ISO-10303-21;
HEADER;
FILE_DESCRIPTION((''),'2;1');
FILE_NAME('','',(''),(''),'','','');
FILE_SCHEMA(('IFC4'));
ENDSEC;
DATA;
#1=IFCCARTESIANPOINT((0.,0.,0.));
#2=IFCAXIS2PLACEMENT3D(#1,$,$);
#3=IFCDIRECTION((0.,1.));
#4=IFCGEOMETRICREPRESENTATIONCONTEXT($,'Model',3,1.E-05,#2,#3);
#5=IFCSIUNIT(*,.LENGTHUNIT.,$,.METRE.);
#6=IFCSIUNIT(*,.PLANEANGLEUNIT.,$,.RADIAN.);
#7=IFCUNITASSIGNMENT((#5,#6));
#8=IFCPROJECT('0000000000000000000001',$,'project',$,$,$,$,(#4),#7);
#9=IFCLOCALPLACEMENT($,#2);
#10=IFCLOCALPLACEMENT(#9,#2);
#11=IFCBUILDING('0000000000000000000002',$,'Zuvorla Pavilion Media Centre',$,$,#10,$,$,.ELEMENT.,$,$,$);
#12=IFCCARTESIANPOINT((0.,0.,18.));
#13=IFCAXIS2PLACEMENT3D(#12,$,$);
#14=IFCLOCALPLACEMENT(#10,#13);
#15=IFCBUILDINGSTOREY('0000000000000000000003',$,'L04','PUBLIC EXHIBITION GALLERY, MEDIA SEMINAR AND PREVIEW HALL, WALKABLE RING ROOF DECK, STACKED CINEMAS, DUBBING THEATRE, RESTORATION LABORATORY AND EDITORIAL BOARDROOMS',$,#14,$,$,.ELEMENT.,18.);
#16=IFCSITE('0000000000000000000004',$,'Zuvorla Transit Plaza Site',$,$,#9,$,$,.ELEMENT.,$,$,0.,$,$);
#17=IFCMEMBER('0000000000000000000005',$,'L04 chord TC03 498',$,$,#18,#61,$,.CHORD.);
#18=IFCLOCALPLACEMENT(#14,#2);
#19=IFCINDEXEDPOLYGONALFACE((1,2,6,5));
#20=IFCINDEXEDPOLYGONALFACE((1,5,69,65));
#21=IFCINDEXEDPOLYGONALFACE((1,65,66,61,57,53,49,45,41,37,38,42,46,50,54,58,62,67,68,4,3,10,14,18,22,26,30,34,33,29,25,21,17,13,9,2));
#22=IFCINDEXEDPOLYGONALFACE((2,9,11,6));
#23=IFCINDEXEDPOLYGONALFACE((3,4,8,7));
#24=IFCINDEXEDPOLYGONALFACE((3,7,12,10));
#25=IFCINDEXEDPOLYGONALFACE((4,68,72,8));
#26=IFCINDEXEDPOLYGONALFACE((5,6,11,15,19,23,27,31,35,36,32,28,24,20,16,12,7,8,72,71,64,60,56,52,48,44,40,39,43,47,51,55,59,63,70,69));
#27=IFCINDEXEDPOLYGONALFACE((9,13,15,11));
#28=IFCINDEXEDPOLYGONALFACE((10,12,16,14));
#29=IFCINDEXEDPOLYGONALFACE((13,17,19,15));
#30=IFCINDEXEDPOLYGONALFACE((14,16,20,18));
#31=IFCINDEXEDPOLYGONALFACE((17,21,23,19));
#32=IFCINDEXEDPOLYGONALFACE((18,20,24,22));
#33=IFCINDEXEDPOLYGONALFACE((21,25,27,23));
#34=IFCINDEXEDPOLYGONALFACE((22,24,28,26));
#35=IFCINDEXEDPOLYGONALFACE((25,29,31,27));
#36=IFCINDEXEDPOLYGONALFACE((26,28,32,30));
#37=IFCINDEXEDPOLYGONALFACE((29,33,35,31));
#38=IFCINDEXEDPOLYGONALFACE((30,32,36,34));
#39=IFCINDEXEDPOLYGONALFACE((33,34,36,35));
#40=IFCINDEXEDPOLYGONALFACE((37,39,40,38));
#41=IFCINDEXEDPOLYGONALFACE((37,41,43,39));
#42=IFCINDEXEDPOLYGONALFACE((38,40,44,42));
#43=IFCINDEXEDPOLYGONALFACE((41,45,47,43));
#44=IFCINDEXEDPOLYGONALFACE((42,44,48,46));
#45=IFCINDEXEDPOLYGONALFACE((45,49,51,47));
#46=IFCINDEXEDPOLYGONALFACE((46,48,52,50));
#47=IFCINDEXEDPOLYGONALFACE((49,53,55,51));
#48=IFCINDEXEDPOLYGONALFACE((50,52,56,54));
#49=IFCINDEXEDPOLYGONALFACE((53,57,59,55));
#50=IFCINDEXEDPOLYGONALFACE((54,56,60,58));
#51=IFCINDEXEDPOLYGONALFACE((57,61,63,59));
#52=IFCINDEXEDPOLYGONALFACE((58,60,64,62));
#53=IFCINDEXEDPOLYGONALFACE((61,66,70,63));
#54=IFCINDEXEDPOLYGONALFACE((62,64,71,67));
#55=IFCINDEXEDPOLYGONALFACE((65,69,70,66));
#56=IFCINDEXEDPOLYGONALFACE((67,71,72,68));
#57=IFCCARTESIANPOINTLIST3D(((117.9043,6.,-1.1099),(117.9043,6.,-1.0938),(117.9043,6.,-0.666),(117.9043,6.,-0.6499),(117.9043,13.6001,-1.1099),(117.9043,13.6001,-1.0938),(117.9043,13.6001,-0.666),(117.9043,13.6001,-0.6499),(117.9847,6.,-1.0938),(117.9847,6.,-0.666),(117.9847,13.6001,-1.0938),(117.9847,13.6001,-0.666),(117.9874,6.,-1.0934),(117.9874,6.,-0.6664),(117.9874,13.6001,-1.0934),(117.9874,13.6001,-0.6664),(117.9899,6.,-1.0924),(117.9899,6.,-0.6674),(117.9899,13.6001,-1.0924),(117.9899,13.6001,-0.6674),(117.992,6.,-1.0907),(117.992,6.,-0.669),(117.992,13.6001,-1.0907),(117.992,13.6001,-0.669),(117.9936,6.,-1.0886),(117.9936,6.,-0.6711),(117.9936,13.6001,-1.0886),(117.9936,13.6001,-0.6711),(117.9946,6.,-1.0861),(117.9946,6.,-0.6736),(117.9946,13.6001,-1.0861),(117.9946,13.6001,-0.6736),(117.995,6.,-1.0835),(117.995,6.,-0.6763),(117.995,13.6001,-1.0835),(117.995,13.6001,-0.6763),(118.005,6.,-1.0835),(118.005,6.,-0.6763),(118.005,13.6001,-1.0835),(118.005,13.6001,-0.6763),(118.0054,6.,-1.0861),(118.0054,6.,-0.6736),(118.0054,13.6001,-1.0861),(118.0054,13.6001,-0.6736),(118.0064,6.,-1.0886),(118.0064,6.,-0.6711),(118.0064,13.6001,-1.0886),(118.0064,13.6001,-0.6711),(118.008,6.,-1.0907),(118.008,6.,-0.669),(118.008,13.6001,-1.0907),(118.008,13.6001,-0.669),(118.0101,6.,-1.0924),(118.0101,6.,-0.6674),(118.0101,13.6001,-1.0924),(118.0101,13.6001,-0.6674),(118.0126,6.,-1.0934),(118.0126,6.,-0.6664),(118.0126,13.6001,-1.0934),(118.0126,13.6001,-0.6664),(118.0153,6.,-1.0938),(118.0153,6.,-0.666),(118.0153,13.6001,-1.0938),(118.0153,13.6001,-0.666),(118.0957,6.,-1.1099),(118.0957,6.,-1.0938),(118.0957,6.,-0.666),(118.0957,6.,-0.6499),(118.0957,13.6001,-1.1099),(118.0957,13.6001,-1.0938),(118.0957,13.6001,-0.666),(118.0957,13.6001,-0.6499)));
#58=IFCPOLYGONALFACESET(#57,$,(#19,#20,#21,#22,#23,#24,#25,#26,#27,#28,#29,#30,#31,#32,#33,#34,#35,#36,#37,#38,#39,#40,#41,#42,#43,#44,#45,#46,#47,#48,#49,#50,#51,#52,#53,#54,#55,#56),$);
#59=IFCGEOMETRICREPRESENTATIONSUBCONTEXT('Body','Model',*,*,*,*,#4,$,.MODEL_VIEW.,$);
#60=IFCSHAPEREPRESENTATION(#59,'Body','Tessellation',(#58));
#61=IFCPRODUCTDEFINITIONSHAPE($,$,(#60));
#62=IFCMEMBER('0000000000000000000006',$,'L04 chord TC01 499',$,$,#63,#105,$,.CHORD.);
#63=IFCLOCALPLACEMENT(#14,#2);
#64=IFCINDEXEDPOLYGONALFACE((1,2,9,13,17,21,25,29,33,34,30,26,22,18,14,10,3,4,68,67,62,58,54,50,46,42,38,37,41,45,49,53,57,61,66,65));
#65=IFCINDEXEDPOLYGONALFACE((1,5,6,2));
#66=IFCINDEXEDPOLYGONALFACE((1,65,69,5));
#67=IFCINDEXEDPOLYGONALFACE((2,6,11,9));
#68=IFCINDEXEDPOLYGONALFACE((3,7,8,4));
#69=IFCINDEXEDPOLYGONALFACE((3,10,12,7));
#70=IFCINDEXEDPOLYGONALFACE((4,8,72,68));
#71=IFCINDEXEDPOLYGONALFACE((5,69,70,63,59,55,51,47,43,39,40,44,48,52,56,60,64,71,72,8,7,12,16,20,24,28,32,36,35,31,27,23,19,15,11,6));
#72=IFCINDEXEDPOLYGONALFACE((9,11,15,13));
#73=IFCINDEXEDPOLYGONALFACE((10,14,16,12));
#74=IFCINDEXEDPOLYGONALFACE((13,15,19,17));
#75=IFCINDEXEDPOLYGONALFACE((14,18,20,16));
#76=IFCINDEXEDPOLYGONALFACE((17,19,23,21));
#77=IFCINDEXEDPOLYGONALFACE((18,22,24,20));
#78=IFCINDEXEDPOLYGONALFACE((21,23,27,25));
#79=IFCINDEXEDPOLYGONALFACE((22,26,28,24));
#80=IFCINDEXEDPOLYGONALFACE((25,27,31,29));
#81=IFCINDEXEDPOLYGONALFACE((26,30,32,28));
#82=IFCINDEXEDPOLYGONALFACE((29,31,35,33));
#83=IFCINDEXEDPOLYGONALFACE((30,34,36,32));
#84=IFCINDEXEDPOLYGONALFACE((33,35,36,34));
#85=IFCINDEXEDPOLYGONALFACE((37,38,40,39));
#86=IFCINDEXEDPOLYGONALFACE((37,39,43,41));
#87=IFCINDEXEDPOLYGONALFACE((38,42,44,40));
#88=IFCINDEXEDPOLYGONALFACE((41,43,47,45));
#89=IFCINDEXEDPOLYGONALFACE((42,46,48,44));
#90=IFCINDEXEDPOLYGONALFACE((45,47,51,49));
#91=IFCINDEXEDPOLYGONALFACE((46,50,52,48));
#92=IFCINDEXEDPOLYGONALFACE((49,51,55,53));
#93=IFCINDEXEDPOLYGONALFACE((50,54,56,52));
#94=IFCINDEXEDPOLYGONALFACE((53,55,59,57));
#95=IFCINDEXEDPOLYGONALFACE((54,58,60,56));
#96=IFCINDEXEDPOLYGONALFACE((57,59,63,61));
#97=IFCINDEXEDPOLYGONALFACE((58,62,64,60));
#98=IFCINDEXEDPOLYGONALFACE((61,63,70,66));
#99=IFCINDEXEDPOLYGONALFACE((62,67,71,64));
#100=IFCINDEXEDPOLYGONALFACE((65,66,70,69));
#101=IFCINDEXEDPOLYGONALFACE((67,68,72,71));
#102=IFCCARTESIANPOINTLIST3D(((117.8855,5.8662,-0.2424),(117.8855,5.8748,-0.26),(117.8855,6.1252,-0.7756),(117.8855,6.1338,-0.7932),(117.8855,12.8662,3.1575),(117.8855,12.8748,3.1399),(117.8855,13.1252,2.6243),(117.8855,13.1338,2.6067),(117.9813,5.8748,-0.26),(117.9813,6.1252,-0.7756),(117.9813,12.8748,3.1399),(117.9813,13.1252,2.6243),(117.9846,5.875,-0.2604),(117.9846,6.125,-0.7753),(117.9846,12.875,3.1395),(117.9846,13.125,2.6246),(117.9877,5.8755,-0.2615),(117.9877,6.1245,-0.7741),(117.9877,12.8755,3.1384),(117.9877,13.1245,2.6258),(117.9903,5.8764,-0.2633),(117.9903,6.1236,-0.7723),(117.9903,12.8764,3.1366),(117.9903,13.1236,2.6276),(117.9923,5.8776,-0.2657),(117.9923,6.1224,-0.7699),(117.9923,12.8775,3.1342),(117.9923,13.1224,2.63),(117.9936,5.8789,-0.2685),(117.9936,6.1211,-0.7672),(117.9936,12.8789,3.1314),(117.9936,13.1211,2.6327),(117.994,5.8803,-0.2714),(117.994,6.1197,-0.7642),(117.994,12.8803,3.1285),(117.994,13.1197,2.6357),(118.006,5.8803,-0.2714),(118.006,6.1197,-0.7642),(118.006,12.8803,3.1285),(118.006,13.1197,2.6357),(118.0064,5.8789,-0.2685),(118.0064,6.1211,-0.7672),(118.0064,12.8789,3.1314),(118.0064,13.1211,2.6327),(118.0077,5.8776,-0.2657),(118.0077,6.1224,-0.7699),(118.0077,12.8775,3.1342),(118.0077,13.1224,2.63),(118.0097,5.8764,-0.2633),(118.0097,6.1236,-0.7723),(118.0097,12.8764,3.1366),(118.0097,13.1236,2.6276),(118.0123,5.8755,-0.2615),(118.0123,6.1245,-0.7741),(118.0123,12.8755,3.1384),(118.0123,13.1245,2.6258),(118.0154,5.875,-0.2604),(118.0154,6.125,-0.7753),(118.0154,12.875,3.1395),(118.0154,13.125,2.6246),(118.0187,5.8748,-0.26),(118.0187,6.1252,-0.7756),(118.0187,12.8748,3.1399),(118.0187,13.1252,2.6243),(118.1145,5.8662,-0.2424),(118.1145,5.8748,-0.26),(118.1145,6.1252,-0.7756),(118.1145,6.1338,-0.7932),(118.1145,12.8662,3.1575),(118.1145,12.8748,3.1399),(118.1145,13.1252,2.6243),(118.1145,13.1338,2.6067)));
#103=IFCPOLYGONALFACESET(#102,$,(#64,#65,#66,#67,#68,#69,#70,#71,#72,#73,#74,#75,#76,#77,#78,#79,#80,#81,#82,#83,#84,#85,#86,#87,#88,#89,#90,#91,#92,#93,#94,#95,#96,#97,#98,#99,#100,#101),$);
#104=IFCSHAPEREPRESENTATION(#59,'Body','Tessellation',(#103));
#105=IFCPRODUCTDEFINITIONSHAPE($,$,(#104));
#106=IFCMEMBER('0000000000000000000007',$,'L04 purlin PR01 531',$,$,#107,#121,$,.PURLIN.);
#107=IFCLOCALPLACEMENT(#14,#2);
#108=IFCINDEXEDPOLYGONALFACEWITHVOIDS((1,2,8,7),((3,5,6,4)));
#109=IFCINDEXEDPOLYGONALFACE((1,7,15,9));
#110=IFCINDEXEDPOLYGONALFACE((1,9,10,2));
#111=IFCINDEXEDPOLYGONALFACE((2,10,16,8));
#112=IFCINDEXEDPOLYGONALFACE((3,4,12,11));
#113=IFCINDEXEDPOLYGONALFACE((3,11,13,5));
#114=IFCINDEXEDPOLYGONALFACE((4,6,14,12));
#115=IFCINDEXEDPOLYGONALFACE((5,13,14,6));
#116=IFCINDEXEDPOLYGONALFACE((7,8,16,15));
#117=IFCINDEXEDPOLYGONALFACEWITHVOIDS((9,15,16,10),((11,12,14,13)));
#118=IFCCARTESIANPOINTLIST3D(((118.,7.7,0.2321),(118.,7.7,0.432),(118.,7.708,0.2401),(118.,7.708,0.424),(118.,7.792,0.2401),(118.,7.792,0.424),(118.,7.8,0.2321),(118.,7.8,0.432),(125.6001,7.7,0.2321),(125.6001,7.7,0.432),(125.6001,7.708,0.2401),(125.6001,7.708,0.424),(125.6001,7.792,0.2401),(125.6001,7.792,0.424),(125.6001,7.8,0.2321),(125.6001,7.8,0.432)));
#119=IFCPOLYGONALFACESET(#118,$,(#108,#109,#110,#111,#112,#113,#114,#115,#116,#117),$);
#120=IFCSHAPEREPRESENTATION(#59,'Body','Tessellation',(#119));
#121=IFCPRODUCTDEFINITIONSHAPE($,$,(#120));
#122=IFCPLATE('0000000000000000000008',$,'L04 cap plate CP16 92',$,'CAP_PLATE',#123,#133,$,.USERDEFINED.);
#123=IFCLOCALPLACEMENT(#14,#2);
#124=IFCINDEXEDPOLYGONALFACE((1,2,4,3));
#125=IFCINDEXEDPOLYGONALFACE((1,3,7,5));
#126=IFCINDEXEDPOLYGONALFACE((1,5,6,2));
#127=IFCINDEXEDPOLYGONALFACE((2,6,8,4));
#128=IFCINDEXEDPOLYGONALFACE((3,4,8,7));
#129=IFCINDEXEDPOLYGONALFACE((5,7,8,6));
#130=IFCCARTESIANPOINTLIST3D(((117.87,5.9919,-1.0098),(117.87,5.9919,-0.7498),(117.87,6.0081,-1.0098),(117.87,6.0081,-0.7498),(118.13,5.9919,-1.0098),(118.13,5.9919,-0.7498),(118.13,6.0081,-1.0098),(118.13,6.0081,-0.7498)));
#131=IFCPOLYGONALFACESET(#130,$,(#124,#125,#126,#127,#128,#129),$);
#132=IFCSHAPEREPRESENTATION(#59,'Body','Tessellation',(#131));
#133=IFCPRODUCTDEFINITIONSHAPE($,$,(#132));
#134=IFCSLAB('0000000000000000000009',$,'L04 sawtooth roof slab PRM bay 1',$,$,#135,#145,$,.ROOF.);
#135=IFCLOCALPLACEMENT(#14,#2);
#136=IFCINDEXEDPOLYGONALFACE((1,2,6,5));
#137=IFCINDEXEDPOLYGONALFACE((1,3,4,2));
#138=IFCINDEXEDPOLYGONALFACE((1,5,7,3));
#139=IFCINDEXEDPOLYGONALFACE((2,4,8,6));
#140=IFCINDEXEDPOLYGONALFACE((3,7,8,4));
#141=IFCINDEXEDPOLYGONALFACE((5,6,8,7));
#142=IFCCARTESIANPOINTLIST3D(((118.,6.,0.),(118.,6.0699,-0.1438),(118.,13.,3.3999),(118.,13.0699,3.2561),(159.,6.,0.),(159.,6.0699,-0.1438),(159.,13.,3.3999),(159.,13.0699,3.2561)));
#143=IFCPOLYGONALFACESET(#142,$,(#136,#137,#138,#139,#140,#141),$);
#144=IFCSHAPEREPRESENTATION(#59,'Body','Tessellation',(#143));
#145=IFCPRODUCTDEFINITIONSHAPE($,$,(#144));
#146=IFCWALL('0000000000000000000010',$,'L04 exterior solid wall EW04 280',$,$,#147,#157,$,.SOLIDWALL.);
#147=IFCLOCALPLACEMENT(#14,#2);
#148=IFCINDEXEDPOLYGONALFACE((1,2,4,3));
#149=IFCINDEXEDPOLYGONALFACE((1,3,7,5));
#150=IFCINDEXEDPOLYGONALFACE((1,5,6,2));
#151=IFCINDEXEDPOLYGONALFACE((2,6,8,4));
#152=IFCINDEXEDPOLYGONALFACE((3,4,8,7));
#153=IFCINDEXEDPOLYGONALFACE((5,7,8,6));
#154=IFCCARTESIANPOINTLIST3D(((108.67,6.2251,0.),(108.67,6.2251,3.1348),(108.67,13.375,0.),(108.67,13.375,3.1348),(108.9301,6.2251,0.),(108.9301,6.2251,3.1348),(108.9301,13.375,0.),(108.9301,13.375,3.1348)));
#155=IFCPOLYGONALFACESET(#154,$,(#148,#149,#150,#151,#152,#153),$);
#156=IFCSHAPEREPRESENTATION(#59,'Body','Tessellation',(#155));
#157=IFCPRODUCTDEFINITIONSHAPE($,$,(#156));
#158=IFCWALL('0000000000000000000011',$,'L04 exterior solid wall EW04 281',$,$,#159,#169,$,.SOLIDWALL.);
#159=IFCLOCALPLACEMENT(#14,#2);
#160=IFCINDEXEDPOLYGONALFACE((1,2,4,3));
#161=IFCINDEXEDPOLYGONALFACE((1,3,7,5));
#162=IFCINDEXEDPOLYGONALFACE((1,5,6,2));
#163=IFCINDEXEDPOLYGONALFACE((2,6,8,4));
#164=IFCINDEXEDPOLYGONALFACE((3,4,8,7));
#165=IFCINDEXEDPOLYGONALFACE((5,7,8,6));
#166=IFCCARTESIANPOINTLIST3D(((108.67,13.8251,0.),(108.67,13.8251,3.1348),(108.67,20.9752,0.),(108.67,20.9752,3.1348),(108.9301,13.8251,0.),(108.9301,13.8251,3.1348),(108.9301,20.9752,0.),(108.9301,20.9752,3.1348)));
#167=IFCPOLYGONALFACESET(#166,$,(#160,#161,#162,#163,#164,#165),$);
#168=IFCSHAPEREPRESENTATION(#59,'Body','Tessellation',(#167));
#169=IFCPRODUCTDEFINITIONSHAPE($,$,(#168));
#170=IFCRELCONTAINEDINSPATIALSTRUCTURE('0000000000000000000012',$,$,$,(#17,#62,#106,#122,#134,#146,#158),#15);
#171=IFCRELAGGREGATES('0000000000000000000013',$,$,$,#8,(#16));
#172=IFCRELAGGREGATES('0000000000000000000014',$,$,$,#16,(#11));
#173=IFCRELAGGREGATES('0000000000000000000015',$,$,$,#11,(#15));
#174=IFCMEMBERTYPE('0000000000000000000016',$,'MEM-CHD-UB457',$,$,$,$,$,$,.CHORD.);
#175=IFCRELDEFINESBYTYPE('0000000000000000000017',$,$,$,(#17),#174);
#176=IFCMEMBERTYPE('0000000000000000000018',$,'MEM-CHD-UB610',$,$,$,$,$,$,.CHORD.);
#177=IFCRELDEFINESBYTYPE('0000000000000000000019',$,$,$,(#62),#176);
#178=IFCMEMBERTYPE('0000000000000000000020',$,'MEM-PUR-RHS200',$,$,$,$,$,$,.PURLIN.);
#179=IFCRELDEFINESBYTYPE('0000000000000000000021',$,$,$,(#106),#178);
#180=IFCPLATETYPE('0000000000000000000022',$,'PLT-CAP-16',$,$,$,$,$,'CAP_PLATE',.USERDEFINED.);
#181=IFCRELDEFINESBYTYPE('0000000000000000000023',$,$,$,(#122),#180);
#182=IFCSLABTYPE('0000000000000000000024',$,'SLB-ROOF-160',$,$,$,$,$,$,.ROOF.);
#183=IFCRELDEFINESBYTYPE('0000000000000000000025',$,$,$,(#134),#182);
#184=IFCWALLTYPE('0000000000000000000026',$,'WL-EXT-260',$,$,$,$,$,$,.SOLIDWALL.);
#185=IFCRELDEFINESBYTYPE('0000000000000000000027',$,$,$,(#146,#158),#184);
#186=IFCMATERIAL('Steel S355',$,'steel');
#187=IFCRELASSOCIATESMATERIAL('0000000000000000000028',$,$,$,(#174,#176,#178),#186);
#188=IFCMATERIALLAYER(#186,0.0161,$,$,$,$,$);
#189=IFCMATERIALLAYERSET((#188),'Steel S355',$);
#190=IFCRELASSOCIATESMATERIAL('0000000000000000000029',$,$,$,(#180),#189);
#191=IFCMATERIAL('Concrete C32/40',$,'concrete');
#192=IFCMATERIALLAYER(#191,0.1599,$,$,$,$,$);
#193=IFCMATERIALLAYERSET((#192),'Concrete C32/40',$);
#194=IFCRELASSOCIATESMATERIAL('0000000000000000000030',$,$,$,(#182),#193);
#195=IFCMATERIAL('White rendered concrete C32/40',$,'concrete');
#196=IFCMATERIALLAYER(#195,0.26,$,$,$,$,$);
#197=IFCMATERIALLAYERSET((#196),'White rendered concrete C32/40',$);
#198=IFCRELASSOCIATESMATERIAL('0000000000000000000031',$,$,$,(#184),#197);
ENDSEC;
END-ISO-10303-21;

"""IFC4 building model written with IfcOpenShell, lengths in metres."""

from ifc_helpers import new_model, si_unit, direction, frame, frame_2d, origin, origin_2d, place, context, subcontext, project, spatial, polyline, rectangle, hollow_rectangle, i_section, outline, extrude, material, layer, layer_set, material_profile, profile_set, type_object, element, save


model = new_model("IFC4")

# Units and contexts
model_context = context("Model", 3, precision=1e-05, world=origin(), true_north=direction((0.0, 1.0)))
body_context = subcontext(model_context, "Body", "Model", "MODEL_VIEW")
ifc_project = project(units=[si_unit("LENGTHUNIT", "METRE"), si_unit("PLANEANGLEUNIT", "RADIAN")], contexts=[model_context])

# Site, building, storey
site_placement = place(None, origin())
site = spatial("IfcSite", under=ifc_project, at=site_placement, Name="Zuvorla Transit Plaza Site", CompositionType="ELEMENT", RefElevation=0.0)
building_placement = place(site_placement, origin())
building = spatial("IfcBuilding", under=site, at=building_placement, Name="Zuvorla Pavilion Media Centre", CompositionType="ELEMENT")
storey_placement = place(building_placement, frame((0.0, 0.0, 18.0)))
storey = spatial("IfcBuildingStorey", under=building, at=storey_placement, Name="L04", Description="PUBLIC EXHIBITION GALLERY, MEDIA SEMINAR AND PREVIEW HALL, WALKABLE RING ROOF DECK, STACKED CINEMAS, DUBBING THEATRE, RESTORATION LABORATORY AND EDITORIAL BOARDROOMS", CompositionType="ELEMENT", Elevation=18.0)

# Shared definitions
ifc_material_1 = material(Name="Steel S355", Category="steel")

# Members
ifc_material_profile_1 = material_profile(ifc_material_1, i_section(OverallWidth=0.1914, OverallDepth=0.46, WebThickness=0.01, FlangeThickness=0.0161, FilletRadius=0.0103, at=origin_2d()), Name="UB 457x191x82")
ifc_profile_set_1 = profile_set([ifc_material_profile_1], Name="Steel S355")
member_type_1 = type_object("IfcMemberType", Name="MEM-CHD-UB457", PredefinedType="CHORD", material=ifc_profile_set_1)
member_1_placement = place(storey_placement, frame((118.0, 6.0, -0.8799), z_axis=(0.0, 1.0, 0.0), x_axis=(-1.0, 0.0, 0.0)))
element("IfcMember", 1, at=member_1_placement, inside=storey, type_object=member_type_1, Name="L04 chord TC03 498", PredefinedType="CHORD", context=body_context, shape_type="SweptSolid", body=[
    extrude(i_section(OverallWidth=0.1914, OverallDepth=0.46, WebThickness=0.01, FlangeThickness=0.0161, FilletRadius=0.0103, at=origin_2d()), origin(), (0.0, 0.0, 1.0), 7.6001),
])
ifc_material_profile_2 = material_profile(ifc_material_1, i_section(OverallWidth=0.229, OverallDepth=0.6123, WebThickness=0.012, FlangeThickness=0.0195, FilletRadius=0.0127, at=origin_2d()), Name="UB 610x229x125")
ifc_profile_set_2 = profile_set([ifc_material_profile_2], Name="Steel S355")
member_type_2 = type_object("IfcMemberType", Name="MEM-CHD-UB610", PredefinedType="CHORD", material=ifc_profile_set_2)
member_2_placement = place(storey_placement, frame((118.0, 6.0, -0.5178), z_axis=(0.0, 0.899513, 0.436894), x_axis=(-1.0, 0.0, 0.0)))
element("IfcMember", 2, at=member_2_placement, inside=storey, type_object=member_type_2, Name="L04 chord TC01 499", PredefinedType="CHORD", context=body_context, shape_type="SweptSolid", body=[
    extrude(i_section(OverallWidth=0.229, OverallDepth=0.6123, WebThickness=0.012, FlangeThickness=0.0195, FilletRadius=0.0127, at=origin_2d()), origin(), (0.0, 0.0, 1.0), 7.782),
])
ifc_material_profile_3 = material_profile(ifc_material_1, hollow_rectangle(XDim=0.1001, YDim=0.2, WallThickness=0.0081, at=origin_2d()), Name="RHS 200x100x8")
ifc_profile_set_3 = profile_set([ifc_material_profile_3], Name="Steel S355")
member_type_3 = type_object("IfcMemberType", Name="MEM-PUR-RHS200", PredefinedType="PURLIN", material=ifc_profile_set_3)
member_3_placement = place(storey_placement, frame((118.0, 7.75, 0.332), z_axis=(1.0, 0.0, 0.0), x_axis=(0.0, 1.0, 0.0)))
element("IfcMember", 3, at=member_3_placement, inside=storey, type_object=member_type_3, Name="L04 purlin PR01 531", PredefinedType="PURLIN", context=body_context, shape_type="SweptSolid", body=[
    extrude(hollow_rectangle(XDim=0.1001, YDim=0.2, WallThickness=0.0081, at=origin_2d()), origin(), (0.0, 0.0, 1.0), 7.6001),
])

# Plate
ifc_layer_1 = layer(ifc_material_1, 0.0161)
ifc_layer_set_1 = layer_set([ifc_layer_1], Name="Steel S355")
plate_type = type_object("IfcPlateType", Name="PLT-CAP-16", ElementType="CAP_PLATE", PredefinedType="USERDEFINED", material=ifc_layer_set_1)
plate_placement = place(storey_placement, frame((118.0, 6.0, -1.0098), z_axis=(0.0, 0.0, 1.0), x_axis=(1.0, 0.0, 0.0)))
element("IfcPlate", 4, at=plate_placement, inside=storey, type_object=plate_type, Name="L04 cap plate CP16 92", ObjectType="CAP_PLATE", PredefinedType="USERDEFINED", context=body_context, shape_type="SweptSolid", body=[
    extrude(rectangle(XDim=0.26, YDim=0.0161, at=origin_2d()), origin(), (0.0, 0.0, 1.0), 0.26),
])

# Slab
ifc_material_2 = material(Name="Concrete C32/40", Category="concrete")
ifc_layer_2 = layer(ifc_material_2, 0.1599)
ifc_layer_set_2 = layer_set([ifc_layer_2], Name="Concrete C32/40")
slab_type = type_object("IfcSlabType", Name="SLB-ROOF-160", PredefinedType="ROOF", material=ifc_layer_set_2)
slab_placement = place(storey_placement, frame((118.0, 6.0, 0.0), z_axis=(0.0, -0.436894, 0.899513), x_axis=(1.0, 0.0, 0.0)))
element("IfcSlab", 5, at=slab_placement, inside=storey, type_object=slab_type, Name="L04 sawtooth roof slab PRM bay 1", PredefinedType="ROOF", context=body_context, shape_type="SweptSolid", body=[
    extrude(outline(polyline([(0.0, 0.0), (41.0, 0.0), (41.0, 7.782), (0.0, 7.782), (0.0, 0.0)])), origin(), (0.0, 0.0, -1.0), 0.1599),
])

# Walls
ifc_material_3 = material(Name="White rendered concrete C32/40", Category="concrete")
ifc_layer_3 = layer(ifc_material_3, 0.26)
ifc_layer_set_3 = layer_set([ifc_layer_3], Name="White rendered concrete C32/40")
wall_type_1 = type_object("IfcWallType", Name="WL-EXT-260", PredefinedType="SOLIDWALL", material=ifc_layer_set_3)
wall_1_placement = place(storey_placement, frame((108.8, 6.2251, 0.0), z_axis=(0.0, 0.0, 1.0), x_axis=(0.0, 1.0, 0.0)))
element("IfcWall", 6, at=wall_1_placement, inside=storey, type_object=wall_type_1, Name="L04 exterior solid wall EW04 280", PredefinedType="SOLIDWALL", context=body_context, shape_type="SweptSolid", body=[
    extrude(rectangle(XDim=7.1499, YDim=0.26, at=frame_2d((3.575, 0.0))), origin(), (0.0, 0.0, 1.0), 3.1348),
])
wall_2_placement = place(storey_placement, frame((108.8, 13.825, 0.0), z_axis=(0.0, 0.0, 1.0), x_axis=(0.0, 1.0, 0.0)))
element("IfcWall", 7, at=wall_2_placement, inside=storey, type_object=wall_type_1, Name="L04 exterior solid wall EW04 281", PredefinedType="SOLIDWALL", context=body_context, shape_type="SweptSolid", body=[
    extrude(rectangle(XDim=7.1501, YDim=0.26, at=frame_2d((3.5752, 0.0))), origin(), (0.0, 0.0, 1.0), 3.1348),
])

save(model, "model.ifc")
